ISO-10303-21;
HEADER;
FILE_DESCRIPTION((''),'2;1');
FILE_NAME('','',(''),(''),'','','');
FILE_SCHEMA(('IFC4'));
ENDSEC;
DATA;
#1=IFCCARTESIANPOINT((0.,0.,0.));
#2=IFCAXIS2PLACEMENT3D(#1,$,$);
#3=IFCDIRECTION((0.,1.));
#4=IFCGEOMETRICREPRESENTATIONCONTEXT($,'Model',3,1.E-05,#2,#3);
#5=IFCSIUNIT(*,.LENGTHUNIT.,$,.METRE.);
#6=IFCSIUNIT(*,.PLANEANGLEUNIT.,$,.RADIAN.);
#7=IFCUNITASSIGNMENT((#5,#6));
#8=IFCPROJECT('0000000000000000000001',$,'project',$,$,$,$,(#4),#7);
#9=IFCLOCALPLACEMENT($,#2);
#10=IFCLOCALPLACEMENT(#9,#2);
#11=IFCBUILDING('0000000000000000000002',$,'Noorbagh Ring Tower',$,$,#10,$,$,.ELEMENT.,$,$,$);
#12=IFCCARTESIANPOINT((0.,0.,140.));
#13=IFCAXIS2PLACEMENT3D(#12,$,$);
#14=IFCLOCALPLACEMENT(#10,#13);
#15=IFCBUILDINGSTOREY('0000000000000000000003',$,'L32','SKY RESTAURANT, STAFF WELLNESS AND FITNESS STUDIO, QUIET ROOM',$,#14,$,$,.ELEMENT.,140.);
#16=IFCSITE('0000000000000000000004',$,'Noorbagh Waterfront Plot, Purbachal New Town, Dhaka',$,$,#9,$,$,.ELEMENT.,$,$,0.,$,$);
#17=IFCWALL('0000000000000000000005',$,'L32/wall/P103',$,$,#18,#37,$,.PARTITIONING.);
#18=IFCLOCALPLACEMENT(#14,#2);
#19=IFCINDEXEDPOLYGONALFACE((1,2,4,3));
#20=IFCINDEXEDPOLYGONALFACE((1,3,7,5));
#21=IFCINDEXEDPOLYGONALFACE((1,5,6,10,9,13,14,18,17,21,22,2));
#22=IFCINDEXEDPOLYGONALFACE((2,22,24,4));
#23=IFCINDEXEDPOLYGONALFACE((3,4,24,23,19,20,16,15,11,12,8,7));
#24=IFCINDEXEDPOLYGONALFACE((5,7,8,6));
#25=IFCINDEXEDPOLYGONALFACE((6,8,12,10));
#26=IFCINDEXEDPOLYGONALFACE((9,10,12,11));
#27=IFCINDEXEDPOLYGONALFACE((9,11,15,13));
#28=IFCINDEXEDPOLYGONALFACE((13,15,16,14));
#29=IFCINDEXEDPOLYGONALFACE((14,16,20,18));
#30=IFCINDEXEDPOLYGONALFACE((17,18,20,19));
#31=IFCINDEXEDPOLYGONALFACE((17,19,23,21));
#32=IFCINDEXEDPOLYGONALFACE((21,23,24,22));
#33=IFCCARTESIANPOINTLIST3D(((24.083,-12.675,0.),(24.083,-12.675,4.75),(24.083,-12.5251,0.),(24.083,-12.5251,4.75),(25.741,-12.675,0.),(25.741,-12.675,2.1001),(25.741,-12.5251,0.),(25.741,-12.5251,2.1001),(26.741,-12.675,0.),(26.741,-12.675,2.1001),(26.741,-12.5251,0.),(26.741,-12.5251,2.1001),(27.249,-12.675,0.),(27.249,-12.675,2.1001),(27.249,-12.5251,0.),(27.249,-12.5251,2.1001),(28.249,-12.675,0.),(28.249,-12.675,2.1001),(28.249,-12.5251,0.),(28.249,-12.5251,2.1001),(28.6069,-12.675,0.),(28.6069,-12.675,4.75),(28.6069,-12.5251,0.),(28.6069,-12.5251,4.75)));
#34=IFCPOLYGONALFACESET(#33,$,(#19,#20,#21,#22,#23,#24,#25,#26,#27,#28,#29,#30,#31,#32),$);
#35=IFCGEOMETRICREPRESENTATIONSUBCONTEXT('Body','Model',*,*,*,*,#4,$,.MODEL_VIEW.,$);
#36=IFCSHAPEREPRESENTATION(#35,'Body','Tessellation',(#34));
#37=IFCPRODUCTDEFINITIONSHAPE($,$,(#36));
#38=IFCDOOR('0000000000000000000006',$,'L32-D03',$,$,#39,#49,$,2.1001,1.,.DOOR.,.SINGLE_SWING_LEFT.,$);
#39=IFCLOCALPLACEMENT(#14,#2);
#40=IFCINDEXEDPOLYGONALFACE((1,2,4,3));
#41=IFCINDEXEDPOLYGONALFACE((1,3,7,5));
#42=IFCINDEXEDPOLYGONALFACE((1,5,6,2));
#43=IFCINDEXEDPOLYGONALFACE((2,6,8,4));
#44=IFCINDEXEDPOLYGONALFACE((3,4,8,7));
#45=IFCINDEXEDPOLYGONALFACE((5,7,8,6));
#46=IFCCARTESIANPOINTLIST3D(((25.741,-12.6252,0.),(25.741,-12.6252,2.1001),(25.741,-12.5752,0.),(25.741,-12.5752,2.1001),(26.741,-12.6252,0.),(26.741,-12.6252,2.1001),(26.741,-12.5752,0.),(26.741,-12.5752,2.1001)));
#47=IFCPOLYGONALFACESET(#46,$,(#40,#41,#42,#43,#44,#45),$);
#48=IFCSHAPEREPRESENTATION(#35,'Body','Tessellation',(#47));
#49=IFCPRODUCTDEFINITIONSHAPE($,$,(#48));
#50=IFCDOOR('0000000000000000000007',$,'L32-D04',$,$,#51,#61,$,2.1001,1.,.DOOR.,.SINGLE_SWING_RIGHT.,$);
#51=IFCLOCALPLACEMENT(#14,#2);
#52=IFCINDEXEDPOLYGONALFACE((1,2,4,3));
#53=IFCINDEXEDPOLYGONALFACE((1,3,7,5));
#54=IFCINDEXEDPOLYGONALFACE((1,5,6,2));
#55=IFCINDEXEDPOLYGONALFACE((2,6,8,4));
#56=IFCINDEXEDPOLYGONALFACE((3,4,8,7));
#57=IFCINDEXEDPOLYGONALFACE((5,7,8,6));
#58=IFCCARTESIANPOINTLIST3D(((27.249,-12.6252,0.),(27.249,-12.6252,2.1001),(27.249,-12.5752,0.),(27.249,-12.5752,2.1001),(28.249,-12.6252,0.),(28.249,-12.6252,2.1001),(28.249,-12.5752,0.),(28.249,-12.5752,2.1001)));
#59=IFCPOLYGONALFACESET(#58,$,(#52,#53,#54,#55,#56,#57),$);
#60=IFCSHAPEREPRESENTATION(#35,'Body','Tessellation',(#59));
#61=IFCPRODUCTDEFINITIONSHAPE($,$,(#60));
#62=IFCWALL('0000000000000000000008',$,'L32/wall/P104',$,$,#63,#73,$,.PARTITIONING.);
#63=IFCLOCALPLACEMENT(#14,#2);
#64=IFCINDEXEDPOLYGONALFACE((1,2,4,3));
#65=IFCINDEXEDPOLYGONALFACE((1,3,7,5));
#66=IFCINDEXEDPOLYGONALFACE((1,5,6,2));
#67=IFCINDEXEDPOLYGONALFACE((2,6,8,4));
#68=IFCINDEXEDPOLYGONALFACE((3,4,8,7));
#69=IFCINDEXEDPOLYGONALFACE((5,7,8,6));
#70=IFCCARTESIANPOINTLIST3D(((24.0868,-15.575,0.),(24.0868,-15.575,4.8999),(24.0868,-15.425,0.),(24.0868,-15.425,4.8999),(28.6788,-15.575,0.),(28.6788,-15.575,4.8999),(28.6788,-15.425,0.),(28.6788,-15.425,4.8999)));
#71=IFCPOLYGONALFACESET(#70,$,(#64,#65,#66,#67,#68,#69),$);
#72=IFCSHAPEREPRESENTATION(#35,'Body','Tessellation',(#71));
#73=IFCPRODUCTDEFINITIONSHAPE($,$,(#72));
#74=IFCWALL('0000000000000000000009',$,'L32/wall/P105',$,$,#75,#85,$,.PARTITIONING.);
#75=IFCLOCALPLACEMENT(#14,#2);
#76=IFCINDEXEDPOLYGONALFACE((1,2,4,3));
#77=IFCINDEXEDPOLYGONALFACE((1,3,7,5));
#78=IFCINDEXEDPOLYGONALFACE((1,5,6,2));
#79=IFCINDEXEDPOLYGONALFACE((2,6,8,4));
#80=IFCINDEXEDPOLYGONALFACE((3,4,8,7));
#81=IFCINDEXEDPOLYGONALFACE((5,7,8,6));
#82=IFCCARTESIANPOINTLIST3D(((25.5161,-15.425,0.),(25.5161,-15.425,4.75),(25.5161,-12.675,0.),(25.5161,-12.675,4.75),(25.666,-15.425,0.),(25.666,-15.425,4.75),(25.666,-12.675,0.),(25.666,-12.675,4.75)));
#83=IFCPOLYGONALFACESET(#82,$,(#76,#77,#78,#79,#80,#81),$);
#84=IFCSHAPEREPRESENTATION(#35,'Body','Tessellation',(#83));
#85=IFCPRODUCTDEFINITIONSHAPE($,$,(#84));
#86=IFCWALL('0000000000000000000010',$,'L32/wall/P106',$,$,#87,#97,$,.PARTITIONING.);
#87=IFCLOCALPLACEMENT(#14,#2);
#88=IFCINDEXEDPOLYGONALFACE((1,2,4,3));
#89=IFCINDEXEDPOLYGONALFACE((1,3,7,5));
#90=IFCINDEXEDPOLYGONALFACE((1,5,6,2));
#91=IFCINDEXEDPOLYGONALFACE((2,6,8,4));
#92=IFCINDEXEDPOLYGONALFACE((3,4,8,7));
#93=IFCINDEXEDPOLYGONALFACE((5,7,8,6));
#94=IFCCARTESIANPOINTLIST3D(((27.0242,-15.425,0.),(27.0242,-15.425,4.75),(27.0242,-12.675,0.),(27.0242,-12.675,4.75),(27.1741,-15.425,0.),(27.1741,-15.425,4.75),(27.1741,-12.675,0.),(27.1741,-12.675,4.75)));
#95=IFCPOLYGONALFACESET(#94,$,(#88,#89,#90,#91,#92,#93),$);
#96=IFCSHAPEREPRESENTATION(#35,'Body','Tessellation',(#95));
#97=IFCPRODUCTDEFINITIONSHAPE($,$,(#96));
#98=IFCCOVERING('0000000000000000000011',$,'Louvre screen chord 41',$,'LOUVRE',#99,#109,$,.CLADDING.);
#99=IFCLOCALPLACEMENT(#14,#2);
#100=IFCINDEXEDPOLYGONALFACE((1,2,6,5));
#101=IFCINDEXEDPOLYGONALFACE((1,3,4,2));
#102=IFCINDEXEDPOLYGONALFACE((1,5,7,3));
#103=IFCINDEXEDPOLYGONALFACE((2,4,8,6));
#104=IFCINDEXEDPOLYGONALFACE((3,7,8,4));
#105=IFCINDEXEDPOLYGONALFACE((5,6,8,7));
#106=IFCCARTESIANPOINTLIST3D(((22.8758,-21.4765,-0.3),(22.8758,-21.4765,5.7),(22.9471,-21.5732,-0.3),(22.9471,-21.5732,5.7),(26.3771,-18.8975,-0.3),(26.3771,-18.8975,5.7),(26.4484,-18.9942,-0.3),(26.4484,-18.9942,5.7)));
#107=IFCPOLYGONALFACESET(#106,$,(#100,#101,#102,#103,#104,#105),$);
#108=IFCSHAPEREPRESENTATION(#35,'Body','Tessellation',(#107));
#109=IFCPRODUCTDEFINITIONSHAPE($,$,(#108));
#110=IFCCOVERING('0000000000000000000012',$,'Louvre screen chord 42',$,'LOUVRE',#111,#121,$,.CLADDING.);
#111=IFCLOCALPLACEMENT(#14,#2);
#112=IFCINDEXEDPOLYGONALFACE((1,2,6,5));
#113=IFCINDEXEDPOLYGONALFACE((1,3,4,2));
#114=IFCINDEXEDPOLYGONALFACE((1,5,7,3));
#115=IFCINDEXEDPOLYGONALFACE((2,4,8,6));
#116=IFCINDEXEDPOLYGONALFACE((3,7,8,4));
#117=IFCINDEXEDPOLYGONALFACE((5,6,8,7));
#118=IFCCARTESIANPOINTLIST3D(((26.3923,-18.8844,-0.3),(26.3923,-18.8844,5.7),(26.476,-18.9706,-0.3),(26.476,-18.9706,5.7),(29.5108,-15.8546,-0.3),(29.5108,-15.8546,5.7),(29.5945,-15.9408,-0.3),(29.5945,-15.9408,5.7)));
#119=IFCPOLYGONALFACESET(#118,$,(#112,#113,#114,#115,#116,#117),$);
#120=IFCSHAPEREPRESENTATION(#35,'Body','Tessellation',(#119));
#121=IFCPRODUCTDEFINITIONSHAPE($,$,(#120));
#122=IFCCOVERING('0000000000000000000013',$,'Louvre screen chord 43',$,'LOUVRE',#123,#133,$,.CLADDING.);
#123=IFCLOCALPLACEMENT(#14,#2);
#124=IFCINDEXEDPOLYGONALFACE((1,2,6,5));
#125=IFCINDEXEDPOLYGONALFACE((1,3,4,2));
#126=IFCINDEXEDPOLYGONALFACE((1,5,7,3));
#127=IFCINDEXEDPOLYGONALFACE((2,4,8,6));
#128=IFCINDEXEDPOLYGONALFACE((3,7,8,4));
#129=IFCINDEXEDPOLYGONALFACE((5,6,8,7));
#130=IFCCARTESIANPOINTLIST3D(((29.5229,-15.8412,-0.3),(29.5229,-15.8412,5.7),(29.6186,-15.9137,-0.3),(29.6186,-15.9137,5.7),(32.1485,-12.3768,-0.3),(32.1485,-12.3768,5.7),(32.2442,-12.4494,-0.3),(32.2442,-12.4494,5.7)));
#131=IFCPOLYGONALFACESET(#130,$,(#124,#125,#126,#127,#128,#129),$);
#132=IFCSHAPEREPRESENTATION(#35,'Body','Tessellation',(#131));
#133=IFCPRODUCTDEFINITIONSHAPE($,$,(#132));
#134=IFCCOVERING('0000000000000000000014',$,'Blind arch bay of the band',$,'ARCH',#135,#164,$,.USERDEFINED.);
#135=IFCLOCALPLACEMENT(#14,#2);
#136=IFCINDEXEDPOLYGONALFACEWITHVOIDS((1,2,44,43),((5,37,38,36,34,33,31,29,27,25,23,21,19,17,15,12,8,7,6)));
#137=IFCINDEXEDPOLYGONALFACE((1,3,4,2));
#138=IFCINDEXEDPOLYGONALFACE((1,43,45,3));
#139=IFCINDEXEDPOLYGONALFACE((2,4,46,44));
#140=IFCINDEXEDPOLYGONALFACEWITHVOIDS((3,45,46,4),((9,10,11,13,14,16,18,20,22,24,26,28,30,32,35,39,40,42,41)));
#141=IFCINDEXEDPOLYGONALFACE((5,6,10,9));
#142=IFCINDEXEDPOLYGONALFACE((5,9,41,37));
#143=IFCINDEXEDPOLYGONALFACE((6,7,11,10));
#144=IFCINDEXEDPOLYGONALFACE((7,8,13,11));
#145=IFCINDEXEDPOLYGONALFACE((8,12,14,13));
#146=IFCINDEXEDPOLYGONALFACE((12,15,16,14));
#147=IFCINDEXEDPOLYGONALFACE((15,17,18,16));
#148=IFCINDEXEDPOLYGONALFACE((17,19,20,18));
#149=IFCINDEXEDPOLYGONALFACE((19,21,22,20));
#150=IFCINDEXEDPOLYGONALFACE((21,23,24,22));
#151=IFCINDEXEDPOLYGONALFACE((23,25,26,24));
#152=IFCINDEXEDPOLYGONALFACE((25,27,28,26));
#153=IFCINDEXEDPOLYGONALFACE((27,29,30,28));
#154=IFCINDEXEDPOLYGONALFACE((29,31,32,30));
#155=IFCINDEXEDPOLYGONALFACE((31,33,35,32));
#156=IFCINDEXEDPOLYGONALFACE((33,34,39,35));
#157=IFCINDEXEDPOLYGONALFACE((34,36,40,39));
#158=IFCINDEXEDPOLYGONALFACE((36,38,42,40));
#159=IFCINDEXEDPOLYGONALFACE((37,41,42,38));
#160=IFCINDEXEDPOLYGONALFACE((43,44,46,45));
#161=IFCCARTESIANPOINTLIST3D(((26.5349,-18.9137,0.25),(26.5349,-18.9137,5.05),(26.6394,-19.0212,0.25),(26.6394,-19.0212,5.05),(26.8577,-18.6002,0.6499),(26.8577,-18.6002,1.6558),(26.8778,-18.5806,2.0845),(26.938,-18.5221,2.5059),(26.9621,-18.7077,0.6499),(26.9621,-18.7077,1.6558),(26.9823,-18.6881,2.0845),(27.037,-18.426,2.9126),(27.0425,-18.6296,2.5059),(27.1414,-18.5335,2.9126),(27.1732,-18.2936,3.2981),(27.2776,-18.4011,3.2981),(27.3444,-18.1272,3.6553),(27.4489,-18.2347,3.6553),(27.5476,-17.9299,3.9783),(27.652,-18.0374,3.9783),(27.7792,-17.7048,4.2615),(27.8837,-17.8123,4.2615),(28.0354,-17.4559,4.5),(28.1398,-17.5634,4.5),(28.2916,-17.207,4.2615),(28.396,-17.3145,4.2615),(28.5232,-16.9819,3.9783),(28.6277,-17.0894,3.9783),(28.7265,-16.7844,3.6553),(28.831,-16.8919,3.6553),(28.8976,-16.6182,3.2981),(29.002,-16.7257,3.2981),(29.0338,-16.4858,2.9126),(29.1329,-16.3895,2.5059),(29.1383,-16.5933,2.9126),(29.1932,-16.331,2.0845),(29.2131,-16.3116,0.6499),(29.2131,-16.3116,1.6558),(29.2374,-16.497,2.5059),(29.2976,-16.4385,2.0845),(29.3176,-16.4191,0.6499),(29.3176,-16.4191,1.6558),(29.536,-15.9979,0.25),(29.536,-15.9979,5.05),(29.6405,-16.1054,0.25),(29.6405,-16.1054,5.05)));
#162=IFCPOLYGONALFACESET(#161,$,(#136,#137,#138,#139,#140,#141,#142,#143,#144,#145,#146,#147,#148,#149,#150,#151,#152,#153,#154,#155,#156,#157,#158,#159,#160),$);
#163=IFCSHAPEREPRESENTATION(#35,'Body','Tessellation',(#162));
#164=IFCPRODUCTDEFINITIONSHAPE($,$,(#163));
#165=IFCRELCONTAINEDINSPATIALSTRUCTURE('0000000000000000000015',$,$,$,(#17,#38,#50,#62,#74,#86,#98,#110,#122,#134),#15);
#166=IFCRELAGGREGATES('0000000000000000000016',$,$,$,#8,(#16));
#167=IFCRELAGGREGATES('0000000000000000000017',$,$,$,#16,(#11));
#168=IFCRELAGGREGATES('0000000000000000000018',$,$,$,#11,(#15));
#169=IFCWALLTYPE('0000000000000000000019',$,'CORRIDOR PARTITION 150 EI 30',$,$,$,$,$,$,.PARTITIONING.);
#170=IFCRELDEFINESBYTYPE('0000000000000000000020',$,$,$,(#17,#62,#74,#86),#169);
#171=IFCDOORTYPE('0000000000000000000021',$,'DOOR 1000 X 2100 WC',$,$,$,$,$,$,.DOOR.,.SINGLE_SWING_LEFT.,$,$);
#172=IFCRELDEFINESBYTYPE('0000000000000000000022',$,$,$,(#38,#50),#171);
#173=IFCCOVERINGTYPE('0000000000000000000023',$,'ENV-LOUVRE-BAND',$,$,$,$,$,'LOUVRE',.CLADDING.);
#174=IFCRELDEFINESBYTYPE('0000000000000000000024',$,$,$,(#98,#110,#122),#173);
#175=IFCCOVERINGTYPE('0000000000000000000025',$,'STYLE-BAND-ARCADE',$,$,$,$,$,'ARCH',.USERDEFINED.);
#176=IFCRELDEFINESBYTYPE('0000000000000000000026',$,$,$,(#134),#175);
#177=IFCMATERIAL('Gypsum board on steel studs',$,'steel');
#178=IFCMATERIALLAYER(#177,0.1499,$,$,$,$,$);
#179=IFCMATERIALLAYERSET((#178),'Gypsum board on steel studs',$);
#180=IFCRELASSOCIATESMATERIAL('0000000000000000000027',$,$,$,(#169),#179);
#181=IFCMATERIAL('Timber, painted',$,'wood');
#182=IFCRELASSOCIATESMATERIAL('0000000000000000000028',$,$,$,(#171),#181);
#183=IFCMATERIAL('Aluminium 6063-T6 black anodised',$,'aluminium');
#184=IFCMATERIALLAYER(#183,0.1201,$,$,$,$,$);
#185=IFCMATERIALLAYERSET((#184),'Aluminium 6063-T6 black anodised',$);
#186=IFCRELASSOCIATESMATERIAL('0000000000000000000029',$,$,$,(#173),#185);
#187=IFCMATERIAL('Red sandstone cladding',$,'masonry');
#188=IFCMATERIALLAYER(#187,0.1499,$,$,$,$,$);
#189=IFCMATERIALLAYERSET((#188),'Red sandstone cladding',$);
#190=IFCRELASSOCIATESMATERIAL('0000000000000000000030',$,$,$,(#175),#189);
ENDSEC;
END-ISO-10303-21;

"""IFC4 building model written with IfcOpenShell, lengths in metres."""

from ifc_helpers import new_model, si_unit, direction, frame, frame_2d, origin, origin_2d, place, context, subcontext, project, spatial, polyline, rectangle, outline, extrude, material, layer, layer_set, type_object, element, fill, save


model = new_model("IFC4")

# Units and contexts
model_context = context("Model", 3, precision=1e-05, world=origin(), true_north=direction((0.0, 1.0)))
body_context = subcontext(model_context, "Body", "Model", "MODEL_VIEW")
ifc_project = project(units=[si_unit("LENGTHUNIT", "METRE"), si_unit("PLANEANGLEUNIT", "RADIAN")], contexts=[model_context])

# Site, building, storey
site_placement = place(None, origin())
site = spatial("IfcSite", under=ifc_project, at=site_placement, Name="Noorbagh Waterfront Plot, Purbachal New Town, Dhaka", CompositionType="ELEMENT", RefElevation=0.0)
building_placement = place(site_placement, origin())
building = spatial("IfcBuilding", under=site, at=building_placement, Name="Noorbagh Ring Tower", CompositionType="ELEMENT")
storey_placement = place(building_placement, frame((0.0, 0.0, 140.0)))
storey = spatial("IfcBuildingStorey", under=building, at=storey_placement, Name="L32", Description="SKY RESTAURANT, STAFF WELLNESS AND FITNESS STUDIO, QUIET ROOM", CompositionType="ELEMENT", Elevation=140.0)

# Shared definitions
ifc_material_1 = material(Name="Gypsum board on steel studs", Category="steel")
ifc_layer_1 = layer(ifc_material_1, 0.1499)
ifc_layer_set_1 = layer_set([ifc_layer_1], Name="Gypsum board on steel studs")
wall_type_1 = type_object("IfcWallType", Name="CORRIDOR PARTITION 150 EI 30", PredefinedType="PARTITIONING", material=ifc_layer_set_1)
ifc_material_2 = material(Name="Timber, painted", Category="wood")
door_type_1 = type_object("IfcDoorType", Name="DOOR 1000 X 2100 WC", OperationType="SINGLE_SWING_LEFT", PredefinedType="DOOR", material=ifc_material_2)

# Wall, openings, doors
wall_1_placement = place(storey_placement, frame((24.083, -12.6001, 0.0), z_axis=(0.0, 0.0, 1.0), x_axis=(1.0, 0.0, 0.0)))
wall_1 = element("IfcWall", 1, at=wall_1_placement, inside=storey, type_object=wall_type_1, Name="L32/wall/P103", PredefinedType="PARTITIONING", context=body_context, shape_type="SweptSolid", body=[
    extrude(rectangle(XDim=4.5239, YDim=0.1499, at=frame_2d((2.262, 0.0))), origin(), (0.0, 0.0, 1.0), 4.75),
])
opening_1_placement = place(wall_1_placement, frame((1.658, 0.0, 0.0)))
opening_1 = element("IfcOpeningElement", 2, at=opening_1_placement, cuts=wall_1, PredefinedType="OPENING", context=body_context, shape_type="SweptSolid", body=[
    extrude(rectangle(XDim=1.0, YDim=2.1001, at=frame_2d((0.5, 1.05))), frame((0.0, 0.085, 0.0), z_axis=(0.0, -1.0, 0.0), x_axis=(1.0, 0.0, 0.0)), (0.0, 0.0, 1.0), 0.1699),
])
opening_2_placement = place(wall_1_placement, frame((3.166, 0.0, 0.0)))
opening_2 = element("IfcOpeningElement", 3, at=opening_2_placement, cuts=wall_1, PredefinedType="OPENING", context=body_context, shape_type="SweptSolid", body=[
    extrude(rectangle(XDim=1.0, YDim=2.1001, at=frame_2d((0.5, 1.05))), frame((0.0, 0.085, 0.0), z_axis=(0.0, -1.0, 0.0), x_axis=(1.0, 0.0, 0.0)), (0.0, 0.0, 1.0), 0.1699),
])
door_1_placement = place(opening_1_placement, origin())
door_1 = element("IfcDoor", 4, at=door_1_placement, inside=storey, type_object=door_type_1, Name="L32-D03", OperationType="SINGLE_SWING_LEFT", OverallHeight=2.1001, OverallWidth=1.0, PredefinedType="DOOR", context=body_context, shape_type="SweptSolid", body=[
    extrude(rectangle(XDim=1.0, YDim=2.1001, at=frame_2d((0.5, 1.05))), frame((0.0, 0.0249, 0.0), z_axis=(0.0, -1.0, 0.0), x_axis=(1.0, 0.0, 0.0)), (0.0, 0.0, 1.0), 0.05),
])
fill(opening_1, door_1)
door_2_placement = place(opening_2_placement, origin())
door_2 = element("IfcDoor", 5, at=door_2_placement, inside=storey, type_object=door_type_1, Name="L32-D04", OperationType="SINGLE_SWING_RIGHT", OverallHeight=2.1001, OverallWidth=1.0, PredefinedType="DOOR", context=body_context, shape_type="SweptSolid", body=[
    extrude(rectangle(XDim=1.0, YDim=2.1001, at=frame_2d((0.5, 1.05))), frame((0.0, 0.0249, 0.0), z_axis=(0.0, -1.0, 0.0), x_axis=(1.0, 0.0, 0.0)), (0.0, 0.0, 1.0), 0.05),
])
fill(opening_2, door_2)

# Walls
wall_2_placement = place(storey_placement, frame((24.0869, -15.5, 0.0), z_axis=(0.0, 0.0, 1.0), x_axis=(1.0, 0.0, 0.0)))
element("IfcWall", 6, at=wall_2_placement, inside=storey, type_object=wall_type_1, Name="L32/wall/P104", PredefinedType="PARTITIONING", context=body_context, shape_type="SweptSolid", body=[
    extrude(rectangle(XDim=4.592, YDim=0.1499, at=frame_2d((2.2959, 0.0))), origin(), (0.0, 0.0, 1.0), 4.8999),
])
for number, where, z_axis, x_axis, name in (
    (7, (25.5911, -15.425, 0.0), (0.0, 0.0, 1.0), (0.0, 1.0, 0.0), "L32/wall/P105"),
    (8, (27.0991, -15.425, 0.0), (0.0, 0.0, 1.0), (0.0, 1.0, 0.0), "L32/wall/P106"),
):
    element("IfcWall", number, at=place(storey_placement, frame(where, z_axis=z_axis, x_axis=x_axis)), inside=storey, type_object=wall_type_1, Name=name, PredefinedType="PARTITIONING", context=body_context, shape_type="SweptSolid", body=[
        extrude(rectangle(XDim=2.75, YDim=0.1499, at=frame_2d((1.375, 0.0))), origin(), (0.0, 0.0, 1.0), 4.75),
    ])

# Coverings
ifc_material_3 = material(Name="Aluminium 6063-T6 black anodised", Category="aluminium")
ifc_layer_2 = layer(ifc_material_3, 0.1201)
ifc_layer_set_2 = layer_set([ifc_layer_2], Name="Aluminium 6063-T6 black anodised")
covering_type_1 = type_object("IfcCoveringType", Name="ENV-LOUVRE-BAND", ElementType="LOUVRE", PredefinedType="CLADDING", material=ifc_layer_set_2)
covering_1_placement = place(storey_placement, frame((24.6621, -20.2354, -0.3), z_axis=(0.0, 0.0, 1.0), x_axis=(0.805153, 0.593067, 0.0)))
element("IfcCovering", 9, at=covering_1_placement, inside=storey, type_object=covering_type_1, Name="Louvre screen chord 41", ObjectType="LOUVRE", PredefinedType="CLADDING", context=body_context, shape_type="SweptSolid", body=[
    extrude(rectangle(XDim=4.3486, YDim=0.1201, at=origin_2d()), origin(), (0.0, 0.0, 1.0), 6.0),
])
covering_2_placement = place(storey_placement, frame((27.9934, -17.4126, -0.3), z_axis=(0.0, 0.0, 1.0), x_axis=(0.717225, 0.696842, 0.0)))
element("IfcCovering", 10, at=covering_2_placement, inside=storey, type_object=covering_type_1, Name="Louvre screen chord 42", ObjectType="LOUVRE", PredefinedType="CLADDING", context=body_context, shape_type="SweptSolid", body=[
    extrude(rectangle(XDim=4.3479, YDim=0.1201, at=origin_2d()), origin(), (0.0, 0.0, 1.0), 6.0),
])
covering_3_placement = place(storey_placement, frame((30.8835, -14.1453, -0.3), z_axis=(0.0, 0.0, 1.0), x_axis=(0.60402, 0.796969, 0.0)))
element("IfcCovering", 11, at=covering_3_placement, inside=storey, type_object=covering_type_1, Name="Louvre screen chord 43", ObjectType="LOUVRE", PredefinedType="CLADDING", context=body_context, shape_type="SweptSolid", body=[
    extrude(rectangle(XDim=4.3469, YDim=0.1201, at=origin_2d()), origin(), (0.0, 0.0, 1.0), 6.0),
])
ifc_material_4 = material(Name="Red sandstone cladding", Category="masonry")
ifc_layer_3 = layer(ifc_material_4, 0.1499)
ifc_layer_set_3 = layer_set([ifc_layer_3], Name="Red sandstone cladding")
covering_type_2 = type_object("IfcCoveringType", Name="STYLE-BAND-ARCADE", ElementType="ARCH", PredefinedType="USERDEFINED", material=ifc_layer_set_3)
covering_4_placement = place(storey_placement, frame((26.6394, -19.0212, 0.25), z_axis=(0.696852, -0.717215, 0.0), x_axis=(0.717215, 0.696852, 0.0)))
element("IfcCovering", 12, at=covering_4_placement, inside=storey, type_object=covering_type_2, Name="Blind arch bay of the band", ObjectType="ARCH", PredefinedType="USERDEFINED", context=body_context, shape_type="SweptSolid", body=[
    extrude(outline(polyline([(0.0, 0.0), (4.1843, 0.0), (4.1843, 4.8), (0.0, 4.8), (0.0, 0.0)]), holes=[polyline([(0.45, 0.3999), (0.45, 1.4058), (0.478, 1.8345), (0.562, 2.2559), (0.7, 2.6626), (0.8899, 3.0481), (1.1287, 3.4053), (1.4119, 3.7283), (1.7349, 4.0115), (2.092, 4.25), (2.4492, 4.0115), (2.7722, 3.7283), (3.0557, 3.4053), (3.2942, 3.0481), (3.4841, 2.6626), (3.6223, 2.2559), (3.7063, 1.8345), (3.7341, 1.4058), (3.7341, 0.3999), (0.45, 0.3999)])]), origin(), (0.0, 0.0, -1.0), 0.1499),
])

save(model, "model.ifc")
